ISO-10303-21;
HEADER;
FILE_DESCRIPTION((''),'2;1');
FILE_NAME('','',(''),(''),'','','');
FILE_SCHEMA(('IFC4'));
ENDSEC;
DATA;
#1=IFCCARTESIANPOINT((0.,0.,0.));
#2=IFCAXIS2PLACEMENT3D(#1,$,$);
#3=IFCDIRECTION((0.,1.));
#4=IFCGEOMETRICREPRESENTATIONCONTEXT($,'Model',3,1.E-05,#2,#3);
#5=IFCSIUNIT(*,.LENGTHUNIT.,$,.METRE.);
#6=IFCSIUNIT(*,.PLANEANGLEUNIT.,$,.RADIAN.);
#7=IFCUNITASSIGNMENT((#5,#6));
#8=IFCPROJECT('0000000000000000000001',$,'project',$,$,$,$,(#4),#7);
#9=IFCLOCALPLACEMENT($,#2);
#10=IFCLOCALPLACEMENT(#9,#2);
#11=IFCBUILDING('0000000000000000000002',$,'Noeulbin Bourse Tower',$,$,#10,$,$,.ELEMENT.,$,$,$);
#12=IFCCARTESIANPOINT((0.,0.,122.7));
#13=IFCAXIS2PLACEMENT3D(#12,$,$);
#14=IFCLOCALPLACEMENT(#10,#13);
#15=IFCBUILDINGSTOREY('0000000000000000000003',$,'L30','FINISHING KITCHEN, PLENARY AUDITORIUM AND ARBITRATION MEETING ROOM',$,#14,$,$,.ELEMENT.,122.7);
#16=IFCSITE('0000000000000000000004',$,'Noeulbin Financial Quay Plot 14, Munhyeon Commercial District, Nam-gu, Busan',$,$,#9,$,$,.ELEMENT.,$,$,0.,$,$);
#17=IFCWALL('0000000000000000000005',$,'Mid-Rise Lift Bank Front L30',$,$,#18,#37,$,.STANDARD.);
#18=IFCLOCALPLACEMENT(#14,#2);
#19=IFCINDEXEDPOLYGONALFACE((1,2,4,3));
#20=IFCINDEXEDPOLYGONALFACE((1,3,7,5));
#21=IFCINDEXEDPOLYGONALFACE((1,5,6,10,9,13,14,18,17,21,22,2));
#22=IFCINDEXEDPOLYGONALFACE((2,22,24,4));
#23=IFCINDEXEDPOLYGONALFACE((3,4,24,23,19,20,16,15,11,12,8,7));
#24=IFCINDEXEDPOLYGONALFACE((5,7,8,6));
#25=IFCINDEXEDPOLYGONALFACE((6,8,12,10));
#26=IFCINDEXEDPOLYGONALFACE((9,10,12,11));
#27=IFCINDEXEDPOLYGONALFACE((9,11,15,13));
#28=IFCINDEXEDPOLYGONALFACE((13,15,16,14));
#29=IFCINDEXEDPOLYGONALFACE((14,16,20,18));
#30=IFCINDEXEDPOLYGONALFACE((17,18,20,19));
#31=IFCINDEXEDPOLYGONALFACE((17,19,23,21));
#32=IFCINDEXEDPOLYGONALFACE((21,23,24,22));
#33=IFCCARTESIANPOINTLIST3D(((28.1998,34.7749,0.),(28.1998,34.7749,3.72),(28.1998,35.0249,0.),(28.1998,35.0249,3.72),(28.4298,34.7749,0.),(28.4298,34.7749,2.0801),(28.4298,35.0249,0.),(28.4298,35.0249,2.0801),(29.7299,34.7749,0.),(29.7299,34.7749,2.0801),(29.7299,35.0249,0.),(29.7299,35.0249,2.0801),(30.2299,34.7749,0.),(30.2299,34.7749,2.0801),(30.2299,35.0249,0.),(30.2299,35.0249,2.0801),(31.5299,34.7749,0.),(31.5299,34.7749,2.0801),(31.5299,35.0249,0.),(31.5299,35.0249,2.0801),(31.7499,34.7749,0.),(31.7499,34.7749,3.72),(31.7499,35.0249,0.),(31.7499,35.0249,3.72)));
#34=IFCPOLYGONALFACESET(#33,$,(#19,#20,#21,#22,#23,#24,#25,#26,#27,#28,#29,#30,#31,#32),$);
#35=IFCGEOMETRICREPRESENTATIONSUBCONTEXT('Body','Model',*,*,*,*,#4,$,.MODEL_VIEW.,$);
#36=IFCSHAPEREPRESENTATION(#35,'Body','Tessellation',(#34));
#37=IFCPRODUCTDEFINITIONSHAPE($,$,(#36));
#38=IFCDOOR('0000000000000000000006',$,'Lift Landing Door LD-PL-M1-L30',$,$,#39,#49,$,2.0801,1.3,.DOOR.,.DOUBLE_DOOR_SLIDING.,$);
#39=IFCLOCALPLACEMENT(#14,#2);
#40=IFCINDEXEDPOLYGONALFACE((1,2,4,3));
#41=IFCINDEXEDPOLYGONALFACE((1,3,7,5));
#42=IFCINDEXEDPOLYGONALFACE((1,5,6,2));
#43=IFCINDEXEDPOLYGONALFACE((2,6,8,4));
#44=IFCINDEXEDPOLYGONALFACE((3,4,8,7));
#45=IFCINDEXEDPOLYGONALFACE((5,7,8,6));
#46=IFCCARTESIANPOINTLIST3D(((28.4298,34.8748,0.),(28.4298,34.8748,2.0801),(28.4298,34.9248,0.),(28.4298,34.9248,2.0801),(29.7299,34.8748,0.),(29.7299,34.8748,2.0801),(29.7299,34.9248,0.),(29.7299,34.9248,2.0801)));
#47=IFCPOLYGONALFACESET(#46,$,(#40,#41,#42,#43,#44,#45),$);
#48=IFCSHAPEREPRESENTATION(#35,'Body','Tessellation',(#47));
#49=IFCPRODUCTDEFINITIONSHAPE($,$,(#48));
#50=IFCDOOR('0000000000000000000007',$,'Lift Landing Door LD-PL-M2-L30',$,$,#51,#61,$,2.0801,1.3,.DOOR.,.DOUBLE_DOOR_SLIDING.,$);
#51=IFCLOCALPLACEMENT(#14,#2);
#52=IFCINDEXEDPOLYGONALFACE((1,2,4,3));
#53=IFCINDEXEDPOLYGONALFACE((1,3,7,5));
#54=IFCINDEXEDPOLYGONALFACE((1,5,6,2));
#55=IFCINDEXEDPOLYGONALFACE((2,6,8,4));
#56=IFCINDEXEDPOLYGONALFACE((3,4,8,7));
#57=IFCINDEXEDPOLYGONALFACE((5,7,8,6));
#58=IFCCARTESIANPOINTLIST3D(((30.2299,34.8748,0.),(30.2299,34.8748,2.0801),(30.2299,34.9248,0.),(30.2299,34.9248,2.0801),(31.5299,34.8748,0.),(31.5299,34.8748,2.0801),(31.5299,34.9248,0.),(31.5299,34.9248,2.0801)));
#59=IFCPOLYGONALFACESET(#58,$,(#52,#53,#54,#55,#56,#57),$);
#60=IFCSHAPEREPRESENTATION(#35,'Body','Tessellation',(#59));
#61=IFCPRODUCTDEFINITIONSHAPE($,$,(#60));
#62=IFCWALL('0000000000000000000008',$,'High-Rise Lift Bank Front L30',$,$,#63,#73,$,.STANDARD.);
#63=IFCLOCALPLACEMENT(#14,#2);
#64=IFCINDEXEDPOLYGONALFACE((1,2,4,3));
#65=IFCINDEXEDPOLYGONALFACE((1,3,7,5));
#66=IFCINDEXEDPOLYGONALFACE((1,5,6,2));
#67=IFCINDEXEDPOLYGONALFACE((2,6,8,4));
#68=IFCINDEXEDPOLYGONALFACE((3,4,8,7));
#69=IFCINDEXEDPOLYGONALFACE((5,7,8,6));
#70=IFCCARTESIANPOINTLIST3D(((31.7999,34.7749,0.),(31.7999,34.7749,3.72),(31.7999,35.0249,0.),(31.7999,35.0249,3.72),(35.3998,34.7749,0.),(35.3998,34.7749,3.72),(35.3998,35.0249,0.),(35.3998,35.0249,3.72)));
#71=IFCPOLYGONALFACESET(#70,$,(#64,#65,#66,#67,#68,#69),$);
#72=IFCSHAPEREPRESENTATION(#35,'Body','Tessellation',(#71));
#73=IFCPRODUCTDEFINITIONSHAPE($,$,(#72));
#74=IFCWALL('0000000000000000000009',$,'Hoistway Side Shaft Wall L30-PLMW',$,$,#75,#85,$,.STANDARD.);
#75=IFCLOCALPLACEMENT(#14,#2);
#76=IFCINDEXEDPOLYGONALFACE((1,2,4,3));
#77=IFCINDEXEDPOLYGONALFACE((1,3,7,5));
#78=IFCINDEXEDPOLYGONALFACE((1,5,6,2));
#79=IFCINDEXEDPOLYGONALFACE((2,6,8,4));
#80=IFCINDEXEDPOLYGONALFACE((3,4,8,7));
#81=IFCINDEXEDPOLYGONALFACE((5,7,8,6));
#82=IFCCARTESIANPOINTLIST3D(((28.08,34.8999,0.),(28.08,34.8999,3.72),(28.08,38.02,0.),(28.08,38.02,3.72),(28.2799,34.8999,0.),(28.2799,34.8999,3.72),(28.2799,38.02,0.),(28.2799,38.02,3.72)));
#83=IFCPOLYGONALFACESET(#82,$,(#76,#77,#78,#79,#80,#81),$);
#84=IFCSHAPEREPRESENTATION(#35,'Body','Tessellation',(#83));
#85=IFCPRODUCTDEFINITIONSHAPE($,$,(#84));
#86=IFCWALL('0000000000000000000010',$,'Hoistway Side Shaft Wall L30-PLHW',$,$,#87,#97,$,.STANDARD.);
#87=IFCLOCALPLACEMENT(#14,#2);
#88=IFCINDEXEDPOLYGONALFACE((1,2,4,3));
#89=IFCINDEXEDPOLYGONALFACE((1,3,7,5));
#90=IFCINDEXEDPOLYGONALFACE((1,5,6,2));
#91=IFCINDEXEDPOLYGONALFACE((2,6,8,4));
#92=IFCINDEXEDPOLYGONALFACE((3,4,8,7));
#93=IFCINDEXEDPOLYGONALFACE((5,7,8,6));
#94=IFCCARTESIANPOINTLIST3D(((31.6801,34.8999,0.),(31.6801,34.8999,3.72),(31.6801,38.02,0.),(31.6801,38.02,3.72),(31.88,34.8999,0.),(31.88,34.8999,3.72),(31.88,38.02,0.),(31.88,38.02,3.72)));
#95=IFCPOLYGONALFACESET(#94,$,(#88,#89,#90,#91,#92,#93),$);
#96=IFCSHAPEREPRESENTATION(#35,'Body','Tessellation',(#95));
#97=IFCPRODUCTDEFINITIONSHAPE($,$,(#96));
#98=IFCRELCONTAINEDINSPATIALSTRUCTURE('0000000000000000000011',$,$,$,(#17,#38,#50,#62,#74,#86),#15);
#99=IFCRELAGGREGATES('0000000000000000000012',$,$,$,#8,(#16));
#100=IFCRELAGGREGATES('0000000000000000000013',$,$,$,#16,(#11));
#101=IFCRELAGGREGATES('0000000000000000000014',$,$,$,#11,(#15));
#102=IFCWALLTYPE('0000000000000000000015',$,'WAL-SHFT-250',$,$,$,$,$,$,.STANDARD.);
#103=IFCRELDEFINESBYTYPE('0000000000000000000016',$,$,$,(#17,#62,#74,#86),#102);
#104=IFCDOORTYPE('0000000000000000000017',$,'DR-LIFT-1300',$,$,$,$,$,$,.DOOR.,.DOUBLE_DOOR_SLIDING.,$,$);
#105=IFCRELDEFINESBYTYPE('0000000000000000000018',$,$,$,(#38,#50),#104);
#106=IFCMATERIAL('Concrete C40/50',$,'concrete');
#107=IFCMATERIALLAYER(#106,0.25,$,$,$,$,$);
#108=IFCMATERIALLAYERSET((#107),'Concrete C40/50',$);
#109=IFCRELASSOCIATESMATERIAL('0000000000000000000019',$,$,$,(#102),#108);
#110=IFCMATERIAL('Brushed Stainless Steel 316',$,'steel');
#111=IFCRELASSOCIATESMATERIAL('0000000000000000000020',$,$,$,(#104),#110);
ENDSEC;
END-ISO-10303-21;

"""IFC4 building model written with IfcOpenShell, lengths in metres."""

from ifc_helpers import new_model, si_unit, direction, frame, frame_2d, origin, place, context, subcontext, project, spatial, rectangle, extrude, material, layer, layer_set, type_object, element, fill, save


model = new_model("IFC4")

# Units and contexts
model_context = context("Model", 3, precision=1e-05, world=origin(), true_north=direction((0.0, 1.0)))
body_context = subcontext(model_context, "Body", "Model", "MODEL_VIEW")
ifc_project = project(units=[si_unit("LENGTHUNIT", "METRE"), si_unit("PLANEANGLEUNIT", "RADIAN")], contexts=[model_context])

# Site, building, storey
site_placement = place(None, origin())
site = spatial("IfcSite", under=ifc_project, at=site_placement, Name="Noeulbin Financial Quay Plot 14, Munhyeon Commercial District, Nam-gu, Busan", CompositionType="ELEMENT", RefElevation=0.0)
building_placement = place(site_placement, origin())
building = spatial("IfcBuilding", under=site, at=building_placement, Name="Noeulbin Bourse Tower", CompositionType="ELEMENT")
storey_placement = place(building_placement, frame((0.0, 0.0, 122.7)))
storey = spatial("IfcBuildingStorey", under=building, at=storey_placement, Name="L30", Description="FINISHING KITCHEN, PLENARY AUDITORIUM AND ARBITRATION MEETING ROOM", CompositionType="ELEMENT", Elevation=122.7)

# Shared definitions
ifc_material_1 = material(Name="Concrete C40/50", Category="concrete")
ifc_layer_1 = layer(ifc_material_1, 0.25)
ifc_layer_set_1 = layer_set([ifc_layer_1], Name="Concrete C40/50")
wall_type = type_object("IfcWallType", Name="WAL-SHFT-250", PredefinedType="STANDARD", material=ifc_layer_set_1)

# Wall, openings, doors
wall_1_placement = place(storey_placement, frame((28.2, 34.8999, 0.0), z_axis=(0.0, 0.0, 1.0), x_axis=(1.0, 0.0, 0.0)))
wall_1 = element("IfcWall", 1, at=wall_1_placement, inside=storey, type_object=wall_type, Name="Mid-Rise Lift Bank Front L30", PredefinedType="STANDARD", context=body_context, shape_type="SweptSolid", body=[
    extrude(rectangle(XDim=3.55, YDim=0.25, at=frame_2d((1.7749, 0.0))), origin(), (0.0, 0.0, 1.0), 3.72),
])
opening_1_placement = place(wall_1_placement, frame((0.23, 0.0, 0.0)))
opening_1 = element("IfcOpeningElement", 2, at=opening_1_placement, cuts=wall_1, PredefinedType="OPENING", context=body_context, shape_type="SweptSolid", body=[
    extrude(rectangle(XDim=1.3, YDim=2.0801, at=frame_2d((0.6499, 1.04))), frame((0.0, 0.135, 0.0), z_axis=(0.0, -1.0, 0.0), x_axis=(1.0, 0.0, 0.0)), (0.0, 0.0, 1.0), 0.27),
])
opening_2_placement = place(wall_1_placement, frame((2.03, 0.0, 0.0)))
opening_2 = element("IfcOpeningElement", 3, at=opening_2_placement, cuts=wall_1, PredefinedType="OPENING", context=body_context, shape_type="SweptSolid", body=[
    extrude(rectangle(XDim=1.3, YDim=2.0801, at=frame_2d((0.6499, 1.04))), frame((0.0, 0.135, 0.0), z_axis=(0.0, -1.0, 0.0), x_axis=(1.0, 0.0, 0.0)), (0.0, 0.0, 1.0), 0.27),
])
ifc_material_2 = material(Name="Brushed Stainless Steel 316", Category="steel")
door_type = type_object("IfcDoorType", Name="DR-LIFT-1300", OperationType="DOUBLE_DOOR_SLIDING", PredefinedType="DOOR", material=ifc_material_2)
door_1_placement = place(opening_1_placement, origin())
door_1 = element("IfcDoor", 4, at=door_1_placement, inside=storey, type_object=door_type, Name="Lift Landing Door LD-PL-M1-L30", OperationType="DOUBLE_DOOR_SLIDING", OverallHeight=2.0801, OverallWidth=1.3, PredefinedType="DOOR", context=body_context, shape_type="SweptSolid", body=[
    extrude(rectangle(XDim=1.3, YDim=2.0801, at=frame_2d((0.6499, 1.04))), frame((0.0, 0.0249, 0.0), z_axis=(0.0, -1.0, 0.0), x_axis=(1.0, 0.0, 0.0)), (0.0, 0.0, 1.0), 0.05),
])
fill(opening_1, door_1)
door_2_placement = place(opening_2_placement, origin())
door_2 = element("IfcDoor", 5, at=door_2_placement, inside=storey, type_object=door_type, Name="Lift Landing Door LD-PL-M2-L30", OperationType="DOUBLE_DOOR_SLIDING", OverallHeight=2.0801, OverallWidth=1.3, PredefinedType="DOOR", context=body_context, shape_type="SweptSolid", body=[
    extrude(rectangle(XDim=1.3, YDim=2.0801, at=frame_2d((0.6499, 1.04))), frame((0.0, 0.0249, 0.0), z_axis=(0.0, -1.0, 0.0), x_axis=(1.0, 0.0, 0.0)), (0.0, 0.0, 1.0), 0.05),
])
fill(opening_2, door_2)

# Walls
wall_2_placement = place(storey_placement, frame((31.8, 34.8999, 0.0), z_axis=(0.0, 0.0, 1.0), x_axis=(1.0, 0.0, 0.0)))
element("IfcWall", 6, at=wall_2_placement, inside=storey, type_object=wall_type, Name="High-Rise Lift Bank Front L30", PredefinedType="STANDARD", context=body_context, shape_type="SweptSolid", body=[
    extrude(rectangle(XDim=3.5999, YDim=0.25, at=frame_2d((1.7998, 0.0))), origin(), (0.0, 0.0, 1.0), 3.72),
])
for number, where, z_axis, x_axis, name in (
    (7, (28.1799, 34.8999, 0.0), (0.0, 0.0, 1.0), (0.0, 1.0, 0.0), "Hoistway Side Shaft Wall L30-PLMW"),
    (8, (31.78, 34.8999, 0.0), (0.0, 0.0, 1.0), (0.0, 1.0, 0.0), "Hoistway Side Shaft Wall L30-PLHW"),
):
    element("IfcWall", number, at=place(storey_placement, frame(where, z_axis=z_axis, x_axis=x_axis)), inside=storey, type_object=wall_type, Name=name, PredefinedType="STANDARD", context=body_context, shape_type="SweptSolid", body=[
        extrude(rectangle(XDim=3.1201, YDim=0.2, at=frame_2d((1.5601, 0.0))), origin(), (0.0, 0.0, 1.0), 3.72),
    ])

save(model, "model.ifc")
